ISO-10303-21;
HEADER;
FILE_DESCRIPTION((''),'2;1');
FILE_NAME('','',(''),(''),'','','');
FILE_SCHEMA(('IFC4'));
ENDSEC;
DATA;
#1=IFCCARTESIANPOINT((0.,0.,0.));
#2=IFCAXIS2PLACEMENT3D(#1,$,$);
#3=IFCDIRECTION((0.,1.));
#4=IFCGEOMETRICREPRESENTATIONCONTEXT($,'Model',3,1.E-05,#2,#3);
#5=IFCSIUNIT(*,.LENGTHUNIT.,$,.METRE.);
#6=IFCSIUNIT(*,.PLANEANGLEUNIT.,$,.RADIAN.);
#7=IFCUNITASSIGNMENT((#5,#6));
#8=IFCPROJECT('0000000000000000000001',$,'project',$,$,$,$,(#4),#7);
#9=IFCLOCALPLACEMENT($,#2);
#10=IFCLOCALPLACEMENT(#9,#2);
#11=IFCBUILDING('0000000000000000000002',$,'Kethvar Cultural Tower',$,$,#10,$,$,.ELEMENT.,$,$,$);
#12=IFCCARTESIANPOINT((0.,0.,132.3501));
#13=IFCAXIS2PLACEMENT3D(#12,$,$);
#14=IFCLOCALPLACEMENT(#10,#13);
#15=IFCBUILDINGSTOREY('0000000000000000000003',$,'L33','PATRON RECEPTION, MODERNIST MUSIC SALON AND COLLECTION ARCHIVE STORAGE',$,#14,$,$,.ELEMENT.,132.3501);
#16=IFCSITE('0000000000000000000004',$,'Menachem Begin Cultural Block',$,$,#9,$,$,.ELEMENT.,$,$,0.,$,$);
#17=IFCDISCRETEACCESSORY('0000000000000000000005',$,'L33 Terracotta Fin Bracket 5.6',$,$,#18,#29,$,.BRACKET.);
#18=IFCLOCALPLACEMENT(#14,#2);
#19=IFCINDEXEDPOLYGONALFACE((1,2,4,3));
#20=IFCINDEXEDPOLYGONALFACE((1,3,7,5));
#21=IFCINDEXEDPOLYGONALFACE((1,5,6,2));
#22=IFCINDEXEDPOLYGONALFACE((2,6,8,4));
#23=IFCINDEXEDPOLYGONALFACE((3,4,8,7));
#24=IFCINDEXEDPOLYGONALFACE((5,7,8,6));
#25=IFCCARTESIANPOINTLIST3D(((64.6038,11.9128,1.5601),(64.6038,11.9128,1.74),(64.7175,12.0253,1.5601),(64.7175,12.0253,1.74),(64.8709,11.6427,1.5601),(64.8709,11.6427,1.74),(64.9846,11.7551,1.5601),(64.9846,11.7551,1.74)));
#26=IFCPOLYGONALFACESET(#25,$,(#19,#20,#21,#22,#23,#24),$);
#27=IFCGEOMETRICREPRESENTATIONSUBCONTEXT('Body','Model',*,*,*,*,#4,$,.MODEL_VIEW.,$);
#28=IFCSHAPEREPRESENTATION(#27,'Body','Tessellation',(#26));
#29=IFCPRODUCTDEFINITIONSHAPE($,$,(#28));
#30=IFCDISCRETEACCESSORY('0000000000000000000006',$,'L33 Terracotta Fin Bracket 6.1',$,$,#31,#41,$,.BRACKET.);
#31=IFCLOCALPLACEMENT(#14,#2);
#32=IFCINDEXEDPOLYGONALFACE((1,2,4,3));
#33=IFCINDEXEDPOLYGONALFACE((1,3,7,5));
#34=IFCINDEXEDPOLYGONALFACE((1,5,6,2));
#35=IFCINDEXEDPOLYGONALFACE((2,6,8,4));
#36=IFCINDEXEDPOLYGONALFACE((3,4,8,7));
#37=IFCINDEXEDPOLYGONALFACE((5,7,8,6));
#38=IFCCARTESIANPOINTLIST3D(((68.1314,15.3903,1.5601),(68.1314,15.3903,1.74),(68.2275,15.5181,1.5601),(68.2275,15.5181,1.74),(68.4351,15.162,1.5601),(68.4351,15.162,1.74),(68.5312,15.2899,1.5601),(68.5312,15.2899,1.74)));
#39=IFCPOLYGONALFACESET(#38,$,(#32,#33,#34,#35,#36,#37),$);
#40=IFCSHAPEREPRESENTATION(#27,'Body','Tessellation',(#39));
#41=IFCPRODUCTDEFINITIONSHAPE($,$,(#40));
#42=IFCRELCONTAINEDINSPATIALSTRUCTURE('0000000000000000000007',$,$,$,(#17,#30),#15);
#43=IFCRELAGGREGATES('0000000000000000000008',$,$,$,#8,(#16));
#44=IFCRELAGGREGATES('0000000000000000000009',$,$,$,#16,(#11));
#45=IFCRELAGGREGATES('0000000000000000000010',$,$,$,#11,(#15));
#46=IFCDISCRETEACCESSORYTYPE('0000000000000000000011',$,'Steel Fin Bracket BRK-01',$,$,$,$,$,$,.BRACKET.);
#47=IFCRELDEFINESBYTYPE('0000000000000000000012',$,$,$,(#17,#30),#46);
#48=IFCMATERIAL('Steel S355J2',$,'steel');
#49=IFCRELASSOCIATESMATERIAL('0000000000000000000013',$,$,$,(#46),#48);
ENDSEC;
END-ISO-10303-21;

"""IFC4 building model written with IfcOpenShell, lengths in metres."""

from ifc_helpers import new_model, si_unit, direction, frame, origin, origin_2d, place, context, subcontext, project, spatial, rectangle, extrude, source, transform, mapped, material, type_object, element, save


model = new_model("IFC4")

# Units and contexts
model_context = context("Model", 3, precision=1e-05, world=origin(), true_north=direction((0.0, 1.0)))
body_context = subcontext(model_context, "Body", "Model", "MODEL_VIEW")
ifc_project = project(units=[si_unit("LENGTHUNIT", "METRE"), si_unit("PLANEANGLEUNIT", "RADIAN")], contexts=[model_context])

# Site, building, storey
site_placement = place(None, origin())
site = spatial("IfcSite", under=ifc_project, at=site_placement, Name="Menachem Begin Cultural Block", CompositionType="ELEMENT", RefElevation=0.0)
building_placement = place(site_placement, origin())
building = spatial("IfcBuilding", under=site, at=building_placement, Name="Kethvar Cultural Tower", CompositionType="ELEMENT")
storey_placement = place(building_placement, frame((0.0, 0.0, 132.3501)))
storey = spatial("IfcBuildingStorey", under=building, at=storey_placement, Name="L33", Description="PATRON RECEPTION, MODERNIST MUSIC SALON AND COLLECTION ARCHIVE STORAGE", CompositionType="ELEMENT", Elevation=132.3501)

# Shared definitions
ifc_material_1 = material(Name="Steel S355J2", Category="steel")

# Discrete accessories
discrete_accessory_type = type_object("IfcDiscreteAccessoryType", Name="Steel Fin Bracket BRK-01", PredefinedType="BRACKET", material=ifc_material_1)
shared_shape_1 = source(origin(), body_context, "Body", "SweptSolid", [
    extrude(rectangle(XDim=0.3799, YDim=0.1599, at=origin_2d()), origin(), (0.0, 0.0, 1.0), 0.1799),
])
for number, where, z_axis, x_axis, name in (
    (1, (64.7942, 11.834, 1.5601), (0.0, 0.0, 1.0), (0.703147, -0.711045, 0.0), "L33 Terracotta Fin Bracket 5.6"),
    (2, (68.3313, 15.3401, 1.5601), (0.0, 0.0, 1.0), (0.79937, -0.600839, 0.0), "L33 Terracotta Fin Bracket 6.1"),
):
    element("IfcDiscreteAccessory", number, at=place(storey_placement, frame(where, z_axis=z_axis, x_axis=x_axis)), inside=storey, type_object=discrete_accessory_type, Name=name, PredefinedType="BRACKET", context=body_context, shape_type="MappedRepresentation", body=[
        mapped(shared_shape_1, transform((0.0, 0.0, 0.0), scale=1.0)),
    ])

save(model, "model.ifc")
